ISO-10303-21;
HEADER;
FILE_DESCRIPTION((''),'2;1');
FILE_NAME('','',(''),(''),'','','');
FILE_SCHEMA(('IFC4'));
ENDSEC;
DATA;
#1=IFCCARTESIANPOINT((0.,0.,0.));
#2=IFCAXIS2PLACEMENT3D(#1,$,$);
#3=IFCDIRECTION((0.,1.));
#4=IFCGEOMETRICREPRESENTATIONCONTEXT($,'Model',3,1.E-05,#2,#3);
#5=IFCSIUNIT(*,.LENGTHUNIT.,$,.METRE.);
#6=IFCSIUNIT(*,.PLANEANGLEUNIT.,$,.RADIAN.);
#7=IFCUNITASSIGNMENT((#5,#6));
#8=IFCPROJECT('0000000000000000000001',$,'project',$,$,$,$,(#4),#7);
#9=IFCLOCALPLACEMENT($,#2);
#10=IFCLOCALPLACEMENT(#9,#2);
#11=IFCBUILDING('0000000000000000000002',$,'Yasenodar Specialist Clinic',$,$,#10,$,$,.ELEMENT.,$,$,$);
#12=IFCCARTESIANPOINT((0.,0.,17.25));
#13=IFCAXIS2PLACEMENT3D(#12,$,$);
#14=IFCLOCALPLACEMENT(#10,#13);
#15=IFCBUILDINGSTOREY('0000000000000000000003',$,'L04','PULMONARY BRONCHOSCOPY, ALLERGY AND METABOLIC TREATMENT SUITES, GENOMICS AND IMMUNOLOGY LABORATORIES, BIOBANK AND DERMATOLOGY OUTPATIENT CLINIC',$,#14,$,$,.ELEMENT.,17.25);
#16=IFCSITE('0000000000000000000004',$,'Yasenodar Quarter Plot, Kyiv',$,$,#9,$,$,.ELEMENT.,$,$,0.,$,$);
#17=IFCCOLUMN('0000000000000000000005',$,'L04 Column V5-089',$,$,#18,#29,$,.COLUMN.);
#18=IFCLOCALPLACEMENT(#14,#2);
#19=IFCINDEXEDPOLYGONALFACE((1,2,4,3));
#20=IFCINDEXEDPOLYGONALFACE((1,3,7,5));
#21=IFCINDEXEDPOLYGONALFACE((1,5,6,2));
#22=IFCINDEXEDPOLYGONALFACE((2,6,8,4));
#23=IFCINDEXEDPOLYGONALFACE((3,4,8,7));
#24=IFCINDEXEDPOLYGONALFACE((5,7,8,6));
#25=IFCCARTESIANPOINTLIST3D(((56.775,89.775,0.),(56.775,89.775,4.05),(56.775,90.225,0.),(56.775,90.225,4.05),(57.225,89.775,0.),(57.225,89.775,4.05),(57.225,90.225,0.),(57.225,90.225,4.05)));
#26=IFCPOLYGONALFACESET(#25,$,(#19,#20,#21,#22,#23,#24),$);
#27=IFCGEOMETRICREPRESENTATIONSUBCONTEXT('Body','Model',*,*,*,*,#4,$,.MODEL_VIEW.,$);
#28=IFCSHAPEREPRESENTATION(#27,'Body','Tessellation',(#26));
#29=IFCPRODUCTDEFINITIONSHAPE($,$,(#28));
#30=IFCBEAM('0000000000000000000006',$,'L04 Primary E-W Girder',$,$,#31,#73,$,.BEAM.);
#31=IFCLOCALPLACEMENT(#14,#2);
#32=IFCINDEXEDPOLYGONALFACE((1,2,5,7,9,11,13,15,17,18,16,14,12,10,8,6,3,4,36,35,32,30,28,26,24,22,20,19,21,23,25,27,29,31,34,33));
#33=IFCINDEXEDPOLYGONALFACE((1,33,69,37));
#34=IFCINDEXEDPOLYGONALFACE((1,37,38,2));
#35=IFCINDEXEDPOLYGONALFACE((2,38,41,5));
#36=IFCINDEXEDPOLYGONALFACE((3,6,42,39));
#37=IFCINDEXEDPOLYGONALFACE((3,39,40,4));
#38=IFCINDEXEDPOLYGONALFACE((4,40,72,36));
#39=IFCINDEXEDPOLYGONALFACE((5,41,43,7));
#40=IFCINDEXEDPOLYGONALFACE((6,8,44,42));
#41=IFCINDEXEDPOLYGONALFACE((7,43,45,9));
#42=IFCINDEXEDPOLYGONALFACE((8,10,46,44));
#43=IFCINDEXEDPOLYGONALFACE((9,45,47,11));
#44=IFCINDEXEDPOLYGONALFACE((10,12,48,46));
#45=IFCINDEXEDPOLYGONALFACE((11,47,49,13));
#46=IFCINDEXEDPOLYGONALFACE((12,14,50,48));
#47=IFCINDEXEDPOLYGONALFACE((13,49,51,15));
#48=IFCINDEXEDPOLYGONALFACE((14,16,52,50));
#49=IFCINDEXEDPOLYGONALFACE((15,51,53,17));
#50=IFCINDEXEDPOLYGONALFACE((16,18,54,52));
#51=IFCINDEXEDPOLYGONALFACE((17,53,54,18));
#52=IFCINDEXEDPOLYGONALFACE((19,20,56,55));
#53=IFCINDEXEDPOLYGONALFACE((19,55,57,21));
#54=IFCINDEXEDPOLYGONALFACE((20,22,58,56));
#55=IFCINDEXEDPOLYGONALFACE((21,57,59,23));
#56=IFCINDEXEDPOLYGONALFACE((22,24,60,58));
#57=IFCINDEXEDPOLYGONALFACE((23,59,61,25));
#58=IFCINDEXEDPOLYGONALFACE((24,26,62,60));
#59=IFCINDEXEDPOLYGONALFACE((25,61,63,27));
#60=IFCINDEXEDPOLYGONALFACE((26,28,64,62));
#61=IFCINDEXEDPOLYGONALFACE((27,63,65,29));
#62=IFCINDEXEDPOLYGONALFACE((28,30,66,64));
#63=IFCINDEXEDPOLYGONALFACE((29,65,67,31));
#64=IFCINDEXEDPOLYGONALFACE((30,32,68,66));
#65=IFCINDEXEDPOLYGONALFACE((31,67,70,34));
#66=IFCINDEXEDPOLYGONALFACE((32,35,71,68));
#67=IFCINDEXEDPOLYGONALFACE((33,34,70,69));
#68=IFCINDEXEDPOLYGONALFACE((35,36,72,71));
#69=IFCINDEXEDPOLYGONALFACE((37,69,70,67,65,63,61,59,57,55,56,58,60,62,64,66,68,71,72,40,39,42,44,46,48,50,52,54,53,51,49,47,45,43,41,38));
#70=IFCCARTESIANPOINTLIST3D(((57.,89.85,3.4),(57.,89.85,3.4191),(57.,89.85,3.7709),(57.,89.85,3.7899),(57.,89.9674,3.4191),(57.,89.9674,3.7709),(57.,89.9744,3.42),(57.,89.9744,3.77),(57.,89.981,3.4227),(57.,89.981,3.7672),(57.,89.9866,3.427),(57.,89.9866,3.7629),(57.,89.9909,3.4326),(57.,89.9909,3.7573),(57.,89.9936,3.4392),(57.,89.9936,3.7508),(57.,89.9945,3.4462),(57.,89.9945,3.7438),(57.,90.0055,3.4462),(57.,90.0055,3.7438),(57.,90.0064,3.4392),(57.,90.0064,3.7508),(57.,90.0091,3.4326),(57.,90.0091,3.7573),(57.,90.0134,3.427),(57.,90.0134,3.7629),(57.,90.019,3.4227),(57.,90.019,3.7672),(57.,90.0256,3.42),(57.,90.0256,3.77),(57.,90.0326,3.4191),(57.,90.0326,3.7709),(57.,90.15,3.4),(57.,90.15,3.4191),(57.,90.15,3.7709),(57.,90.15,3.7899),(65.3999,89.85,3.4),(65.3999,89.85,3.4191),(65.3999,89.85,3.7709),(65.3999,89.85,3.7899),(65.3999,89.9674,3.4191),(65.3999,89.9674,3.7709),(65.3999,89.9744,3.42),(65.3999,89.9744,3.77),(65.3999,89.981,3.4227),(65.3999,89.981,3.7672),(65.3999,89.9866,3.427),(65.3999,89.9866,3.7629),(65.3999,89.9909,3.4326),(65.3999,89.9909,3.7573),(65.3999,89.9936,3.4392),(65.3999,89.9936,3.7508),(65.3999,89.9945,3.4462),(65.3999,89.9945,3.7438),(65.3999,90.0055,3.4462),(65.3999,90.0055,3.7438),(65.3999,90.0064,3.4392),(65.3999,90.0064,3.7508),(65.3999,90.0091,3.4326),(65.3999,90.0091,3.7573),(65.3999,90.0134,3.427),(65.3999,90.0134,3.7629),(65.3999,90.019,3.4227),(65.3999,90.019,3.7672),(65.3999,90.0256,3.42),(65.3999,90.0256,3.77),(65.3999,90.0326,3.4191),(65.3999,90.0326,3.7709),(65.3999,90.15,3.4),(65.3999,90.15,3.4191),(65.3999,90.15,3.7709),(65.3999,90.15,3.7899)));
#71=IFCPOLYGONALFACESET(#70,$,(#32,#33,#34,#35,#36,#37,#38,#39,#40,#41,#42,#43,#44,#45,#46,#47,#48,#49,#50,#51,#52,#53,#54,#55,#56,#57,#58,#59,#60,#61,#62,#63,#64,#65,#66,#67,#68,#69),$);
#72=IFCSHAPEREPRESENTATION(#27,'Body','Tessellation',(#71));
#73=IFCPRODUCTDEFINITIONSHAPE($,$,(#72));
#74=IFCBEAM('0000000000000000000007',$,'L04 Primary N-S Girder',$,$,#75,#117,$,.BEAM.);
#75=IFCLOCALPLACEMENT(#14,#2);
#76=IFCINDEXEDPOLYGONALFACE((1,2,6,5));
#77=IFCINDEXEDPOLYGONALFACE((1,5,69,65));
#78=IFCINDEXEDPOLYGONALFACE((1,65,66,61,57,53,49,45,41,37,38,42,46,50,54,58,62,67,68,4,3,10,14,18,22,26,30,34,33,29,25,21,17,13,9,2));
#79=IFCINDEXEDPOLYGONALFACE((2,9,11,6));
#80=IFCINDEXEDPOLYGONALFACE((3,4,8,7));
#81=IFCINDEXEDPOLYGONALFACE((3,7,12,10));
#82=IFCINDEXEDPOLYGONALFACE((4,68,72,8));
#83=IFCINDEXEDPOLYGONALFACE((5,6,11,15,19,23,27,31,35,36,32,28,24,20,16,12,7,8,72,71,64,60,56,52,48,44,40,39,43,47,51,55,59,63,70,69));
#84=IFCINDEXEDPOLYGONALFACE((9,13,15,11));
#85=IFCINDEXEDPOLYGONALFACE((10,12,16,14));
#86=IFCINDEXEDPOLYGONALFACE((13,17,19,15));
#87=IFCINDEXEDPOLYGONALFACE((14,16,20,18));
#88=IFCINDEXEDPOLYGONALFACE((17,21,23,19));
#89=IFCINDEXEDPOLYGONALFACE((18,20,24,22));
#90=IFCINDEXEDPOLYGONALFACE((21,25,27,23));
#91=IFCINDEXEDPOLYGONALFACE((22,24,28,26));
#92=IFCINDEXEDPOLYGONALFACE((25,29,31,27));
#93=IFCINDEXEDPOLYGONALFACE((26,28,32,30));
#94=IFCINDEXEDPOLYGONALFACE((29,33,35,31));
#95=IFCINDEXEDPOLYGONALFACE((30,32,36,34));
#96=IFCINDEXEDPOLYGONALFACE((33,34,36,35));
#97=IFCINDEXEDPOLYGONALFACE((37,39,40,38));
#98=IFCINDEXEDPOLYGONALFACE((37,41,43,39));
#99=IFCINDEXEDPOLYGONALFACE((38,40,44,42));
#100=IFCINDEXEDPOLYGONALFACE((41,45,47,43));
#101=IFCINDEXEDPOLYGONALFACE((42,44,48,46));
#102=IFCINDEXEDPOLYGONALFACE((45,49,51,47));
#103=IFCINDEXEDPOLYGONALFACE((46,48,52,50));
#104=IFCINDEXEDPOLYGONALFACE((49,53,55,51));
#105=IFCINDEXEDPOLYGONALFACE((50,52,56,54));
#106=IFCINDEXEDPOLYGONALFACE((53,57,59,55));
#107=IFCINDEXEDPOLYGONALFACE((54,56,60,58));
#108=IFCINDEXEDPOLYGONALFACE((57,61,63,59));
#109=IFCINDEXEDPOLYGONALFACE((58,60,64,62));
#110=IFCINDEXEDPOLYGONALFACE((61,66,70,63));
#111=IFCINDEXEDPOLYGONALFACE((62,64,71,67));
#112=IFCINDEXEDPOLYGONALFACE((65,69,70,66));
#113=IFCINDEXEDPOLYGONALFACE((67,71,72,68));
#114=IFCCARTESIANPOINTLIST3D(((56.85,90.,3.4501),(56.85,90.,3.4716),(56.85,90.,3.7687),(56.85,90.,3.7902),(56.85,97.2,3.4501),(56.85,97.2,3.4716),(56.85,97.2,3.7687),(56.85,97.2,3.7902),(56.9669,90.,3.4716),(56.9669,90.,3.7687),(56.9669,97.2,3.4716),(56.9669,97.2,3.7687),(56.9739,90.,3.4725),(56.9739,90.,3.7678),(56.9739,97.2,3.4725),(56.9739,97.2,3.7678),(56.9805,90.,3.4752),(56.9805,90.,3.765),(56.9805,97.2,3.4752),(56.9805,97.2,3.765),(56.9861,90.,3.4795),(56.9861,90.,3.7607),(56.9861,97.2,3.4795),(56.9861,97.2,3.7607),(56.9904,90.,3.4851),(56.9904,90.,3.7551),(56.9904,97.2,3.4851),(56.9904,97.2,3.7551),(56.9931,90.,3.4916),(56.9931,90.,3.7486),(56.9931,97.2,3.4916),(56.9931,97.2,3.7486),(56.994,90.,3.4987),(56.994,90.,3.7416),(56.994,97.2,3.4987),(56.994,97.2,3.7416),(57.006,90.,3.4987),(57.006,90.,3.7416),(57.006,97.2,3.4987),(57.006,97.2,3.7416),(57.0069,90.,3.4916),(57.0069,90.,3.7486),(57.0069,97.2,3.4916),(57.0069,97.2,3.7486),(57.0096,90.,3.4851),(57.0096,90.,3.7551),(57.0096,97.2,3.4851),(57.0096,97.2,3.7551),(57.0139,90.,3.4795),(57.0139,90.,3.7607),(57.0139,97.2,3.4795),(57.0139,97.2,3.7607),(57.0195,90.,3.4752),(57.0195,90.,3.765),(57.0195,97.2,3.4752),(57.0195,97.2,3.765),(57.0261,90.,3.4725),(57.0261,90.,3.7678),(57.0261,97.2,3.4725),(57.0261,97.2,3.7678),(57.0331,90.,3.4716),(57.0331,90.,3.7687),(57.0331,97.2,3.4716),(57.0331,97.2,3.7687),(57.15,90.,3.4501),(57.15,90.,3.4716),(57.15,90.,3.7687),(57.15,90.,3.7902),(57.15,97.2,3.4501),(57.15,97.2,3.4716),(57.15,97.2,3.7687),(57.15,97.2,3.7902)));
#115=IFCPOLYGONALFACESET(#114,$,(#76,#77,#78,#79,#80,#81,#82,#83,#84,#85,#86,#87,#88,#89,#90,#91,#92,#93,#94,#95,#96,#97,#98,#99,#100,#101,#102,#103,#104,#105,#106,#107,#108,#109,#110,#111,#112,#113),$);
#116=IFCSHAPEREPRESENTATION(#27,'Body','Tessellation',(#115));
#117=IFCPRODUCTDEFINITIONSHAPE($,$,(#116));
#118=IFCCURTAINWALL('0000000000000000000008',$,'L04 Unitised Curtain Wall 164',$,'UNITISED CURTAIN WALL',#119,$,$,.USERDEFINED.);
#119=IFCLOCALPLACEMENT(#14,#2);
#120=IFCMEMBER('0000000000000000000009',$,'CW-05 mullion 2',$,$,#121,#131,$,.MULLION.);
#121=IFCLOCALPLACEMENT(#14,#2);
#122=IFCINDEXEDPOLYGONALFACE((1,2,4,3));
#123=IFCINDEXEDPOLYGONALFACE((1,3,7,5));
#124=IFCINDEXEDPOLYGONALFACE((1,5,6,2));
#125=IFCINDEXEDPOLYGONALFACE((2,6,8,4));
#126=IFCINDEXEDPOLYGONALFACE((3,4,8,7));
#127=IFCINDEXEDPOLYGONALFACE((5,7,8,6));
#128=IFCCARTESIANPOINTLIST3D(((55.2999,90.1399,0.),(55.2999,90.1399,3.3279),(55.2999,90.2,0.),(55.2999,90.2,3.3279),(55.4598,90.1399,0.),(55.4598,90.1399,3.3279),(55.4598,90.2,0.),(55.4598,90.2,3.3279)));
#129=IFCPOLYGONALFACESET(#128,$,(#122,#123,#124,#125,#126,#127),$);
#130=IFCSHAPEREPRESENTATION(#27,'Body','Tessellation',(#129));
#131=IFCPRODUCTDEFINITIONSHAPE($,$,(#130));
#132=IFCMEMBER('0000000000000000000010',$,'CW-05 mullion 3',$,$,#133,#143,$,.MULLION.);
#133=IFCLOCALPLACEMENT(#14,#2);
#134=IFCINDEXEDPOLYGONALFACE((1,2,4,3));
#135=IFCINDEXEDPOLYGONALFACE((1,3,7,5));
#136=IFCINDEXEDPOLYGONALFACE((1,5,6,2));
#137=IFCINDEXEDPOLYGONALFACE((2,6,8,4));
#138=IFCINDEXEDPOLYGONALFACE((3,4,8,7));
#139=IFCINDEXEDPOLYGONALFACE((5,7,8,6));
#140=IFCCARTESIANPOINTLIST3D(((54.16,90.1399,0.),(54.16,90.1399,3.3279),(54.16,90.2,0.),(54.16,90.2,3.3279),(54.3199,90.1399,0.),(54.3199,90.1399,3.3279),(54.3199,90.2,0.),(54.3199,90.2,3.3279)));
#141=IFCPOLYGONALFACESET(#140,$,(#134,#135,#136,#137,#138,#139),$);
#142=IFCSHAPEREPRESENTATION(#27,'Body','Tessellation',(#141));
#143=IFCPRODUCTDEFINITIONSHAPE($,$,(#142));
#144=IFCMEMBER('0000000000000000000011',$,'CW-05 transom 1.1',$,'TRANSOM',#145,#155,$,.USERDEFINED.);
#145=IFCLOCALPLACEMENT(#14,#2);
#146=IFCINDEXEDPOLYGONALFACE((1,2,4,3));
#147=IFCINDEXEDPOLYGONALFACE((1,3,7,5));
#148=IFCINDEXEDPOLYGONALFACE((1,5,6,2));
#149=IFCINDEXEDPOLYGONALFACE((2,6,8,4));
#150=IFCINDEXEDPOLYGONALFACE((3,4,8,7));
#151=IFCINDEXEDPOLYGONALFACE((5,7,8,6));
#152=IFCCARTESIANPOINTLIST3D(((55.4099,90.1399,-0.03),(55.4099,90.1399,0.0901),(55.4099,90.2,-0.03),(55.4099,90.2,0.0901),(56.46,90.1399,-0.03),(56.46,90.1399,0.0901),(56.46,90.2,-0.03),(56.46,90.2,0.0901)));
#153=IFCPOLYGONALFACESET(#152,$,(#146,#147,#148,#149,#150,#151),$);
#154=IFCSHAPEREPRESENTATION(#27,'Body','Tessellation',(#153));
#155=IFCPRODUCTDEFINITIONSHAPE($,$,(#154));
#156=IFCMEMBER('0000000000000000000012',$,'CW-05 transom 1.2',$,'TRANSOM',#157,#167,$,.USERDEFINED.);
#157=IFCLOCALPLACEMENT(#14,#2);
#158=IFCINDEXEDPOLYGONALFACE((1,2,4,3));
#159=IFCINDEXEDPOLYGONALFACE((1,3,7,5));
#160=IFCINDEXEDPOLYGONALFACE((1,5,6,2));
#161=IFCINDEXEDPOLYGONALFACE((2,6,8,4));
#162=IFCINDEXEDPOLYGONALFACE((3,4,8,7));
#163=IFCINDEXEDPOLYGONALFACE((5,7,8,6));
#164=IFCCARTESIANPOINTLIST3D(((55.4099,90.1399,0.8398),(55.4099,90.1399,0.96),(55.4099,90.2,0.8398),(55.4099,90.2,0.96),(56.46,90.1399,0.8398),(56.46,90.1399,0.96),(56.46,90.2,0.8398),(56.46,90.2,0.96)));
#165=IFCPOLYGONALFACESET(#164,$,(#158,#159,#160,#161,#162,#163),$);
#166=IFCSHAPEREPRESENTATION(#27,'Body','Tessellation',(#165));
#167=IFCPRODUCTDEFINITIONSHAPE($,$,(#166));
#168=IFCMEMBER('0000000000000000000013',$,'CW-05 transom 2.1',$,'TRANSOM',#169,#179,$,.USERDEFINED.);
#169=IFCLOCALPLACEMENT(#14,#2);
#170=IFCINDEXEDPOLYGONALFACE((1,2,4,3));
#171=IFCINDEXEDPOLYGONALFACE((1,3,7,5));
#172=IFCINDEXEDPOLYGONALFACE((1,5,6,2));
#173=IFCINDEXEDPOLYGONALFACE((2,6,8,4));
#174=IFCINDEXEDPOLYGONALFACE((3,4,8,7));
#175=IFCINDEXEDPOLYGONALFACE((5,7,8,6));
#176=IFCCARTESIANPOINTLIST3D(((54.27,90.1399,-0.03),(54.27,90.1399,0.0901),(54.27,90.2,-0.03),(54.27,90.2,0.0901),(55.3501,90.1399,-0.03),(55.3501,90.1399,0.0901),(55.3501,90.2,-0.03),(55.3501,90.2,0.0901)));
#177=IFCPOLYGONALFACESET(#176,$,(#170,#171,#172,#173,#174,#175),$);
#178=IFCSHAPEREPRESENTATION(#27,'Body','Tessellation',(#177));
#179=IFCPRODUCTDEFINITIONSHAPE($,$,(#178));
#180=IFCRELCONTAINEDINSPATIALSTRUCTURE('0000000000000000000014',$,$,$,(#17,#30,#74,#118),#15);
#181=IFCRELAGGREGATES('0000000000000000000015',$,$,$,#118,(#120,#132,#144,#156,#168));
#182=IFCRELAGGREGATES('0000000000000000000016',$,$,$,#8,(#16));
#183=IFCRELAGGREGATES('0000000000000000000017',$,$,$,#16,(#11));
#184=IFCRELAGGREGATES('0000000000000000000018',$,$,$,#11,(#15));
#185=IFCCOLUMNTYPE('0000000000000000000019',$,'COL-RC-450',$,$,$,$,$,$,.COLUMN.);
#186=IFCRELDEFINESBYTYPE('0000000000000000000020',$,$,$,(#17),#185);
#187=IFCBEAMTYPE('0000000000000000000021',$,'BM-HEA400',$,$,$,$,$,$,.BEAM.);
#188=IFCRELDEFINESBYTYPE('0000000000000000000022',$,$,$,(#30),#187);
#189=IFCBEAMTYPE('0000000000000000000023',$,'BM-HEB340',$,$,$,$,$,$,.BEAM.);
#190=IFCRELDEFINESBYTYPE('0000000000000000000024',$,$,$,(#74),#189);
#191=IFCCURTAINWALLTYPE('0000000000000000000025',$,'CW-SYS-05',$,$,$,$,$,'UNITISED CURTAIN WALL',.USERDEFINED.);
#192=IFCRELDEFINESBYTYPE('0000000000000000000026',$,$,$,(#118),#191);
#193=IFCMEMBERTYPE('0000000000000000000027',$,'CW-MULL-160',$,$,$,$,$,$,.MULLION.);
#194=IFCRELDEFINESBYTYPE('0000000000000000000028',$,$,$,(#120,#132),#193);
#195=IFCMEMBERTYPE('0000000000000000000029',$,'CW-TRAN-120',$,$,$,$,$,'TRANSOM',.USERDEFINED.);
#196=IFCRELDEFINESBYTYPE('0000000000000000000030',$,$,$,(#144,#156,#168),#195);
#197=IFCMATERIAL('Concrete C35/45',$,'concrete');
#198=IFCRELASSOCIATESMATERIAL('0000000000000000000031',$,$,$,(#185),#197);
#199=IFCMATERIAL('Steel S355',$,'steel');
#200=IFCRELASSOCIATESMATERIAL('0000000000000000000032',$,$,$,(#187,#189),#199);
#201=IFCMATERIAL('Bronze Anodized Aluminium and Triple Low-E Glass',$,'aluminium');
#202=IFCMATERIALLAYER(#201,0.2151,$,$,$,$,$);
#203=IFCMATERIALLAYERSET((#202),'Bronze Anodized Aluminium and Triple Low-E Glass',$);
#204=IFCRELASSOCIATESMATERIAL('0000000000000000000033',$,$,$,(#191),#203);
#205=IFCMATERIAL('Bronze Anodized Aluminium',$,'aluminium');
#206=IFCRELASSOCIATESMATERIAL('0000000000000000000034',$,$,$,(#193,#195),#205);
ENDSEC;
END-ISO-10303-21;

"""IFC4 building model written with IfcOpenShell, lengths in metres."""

from ifc_helpers import new_model, si_unit, direction, frame, origin, origin_2d, place, context, subcontext, project, spatial, rectangle, i_section, extrude, material, layer, layer_set, material_profile, profile_set, type_object, element, aggregate, save


model = new_model("IFC4")

# Units and contexts
model_context = context("Model", 3, precision=1e-05, world=origin(), true_north=direction((0.0, 1.0)))
body_context = subcontext(model_context, "Body", "Model", "MODEL_VIEW")
ifc_project = project(units=[si_unit("LENGTHUNIT", "METRE"), si_unit("PLANEANGLEUNIT", "RADIAN")], contexts=[model_context])

# Site, building, storey
site_placement = place(None, origin())
site = spatial("IfcSite", under=ifc_project, at=site_placement, Name="Yasenodar Quarter Plot, Kyiv", CompositionType="ELEMENT", RefElevation=0.0)
building_placement = place(site_placement, origin())
building = spatial("IfcBuilding", under=site, at=building_placement, Name="Yasenodar Specialist Clinic", CompositionType="ELEMENT")
storey_placement = place(building_placement, frame((0.0, 0.0, 17.25)))
storey = spatial("IfcBuildingStorey", under=building, at=storey_placement, Name="L04", Description="PULMONARY BRONCHOSCOPY, ALLERGY AND METABOLIC TREATMENT SUITES, GENOMICS AND IMMUNOLOGY LABORATORIES, BIOBANK AND DERMATOLOGY OUTPATIENT CLINIC", CompositionType="ELEMENT", Elevation=17.25)

# Column
ifc_material_1 = material(Name="Concrete C35/45", Category="concrete")
ifc_material_profile_1 = material_profile(ifc_material_1, rectangle(XDim=0.45, YDim=0.45, at=origin_2d()), Name="RC 450x450")
ifc_profile_set_1 = profile_set([ifc_material_profile_1], Name="Concrete C35/45")
column_type = type_object("IfcColumnType", Name="COL-RC-450", PredefinedType="COLUMN", material=ifc_profile_set_1)
column_placement = place(storey_placement, frame((57.0, 90.0, 0.0), z_axis=(0.0, 0.0, 1.0), x_axis=(1.0, 0.0, 0.0)))
element("IfcColumn", 1, at=column_placement, inside=storey, type_object=column_type, Name="L04 Column V5-089", PredefinedType="COLUMN", context=body_context, shape_type="SweptSolid", body=[
    extrude(rectangle(XDim=0.45, YDim=0.45, at=origin_2d()), origin(), (0.0, 0.0, 1.0), 4.05),
])

# Beams
ifc_material_2 = material(Name="Steel S355", Category="steel")
ifc_material_profile_2 = material_profile(ifc_material_2, i_section(OverallWidth=0.3, OverallDepth=0.3899, WebThickness=0.011, FlangeThickness=0.019, FilletRadius=0.0271, at=origin_2d()), Name="HEA 400")
ifc_profile_set_2 = profile_set([ifc_material_profile_2], Name="Steel S355")
beam_type_1 = type_object("IfcBeamType", Name="BM-HEA400", PredefinedType="BEAM", material=ifc_profile_set_2)
beam_1_placement = place(storey_placement, frame((57.0, 90.0, 3.595), z_axis=(1.0, 0.0, 0.0), x_axis=(0.0, 1.0, 0.0)))
element("IfcBeam", 2, at=beam_1_placement, inside=storey, type_object=beam_type_1, Name="L04 Primary E-W Girder", PredefinedType="BEAM", context=body_context, shape_type="SweptSolid", body=[
    extrude(i_section(OverallWidth=0.3, OverallDepth=0.3899, WebThickness=0.011, FlangeThickness=0.019, FilletRadius=0.0271, at=origin_2d()), origin(), (0.0, 0.0, 1.0), 8.3999),
])
ifc_material_profile_3 = material_profile(ifc_material_2, i_section(OverallWidth=0.3, OverallDepth=0.3401, WebThickness=0.012, FlangeThickness=0.0215, FilletRadius=0.0271, at=origin_2d()), Name="HEB 340")
ifc_profile_set_3 = profile_set([ifc_material_profile_3], Name="Steel S355")
beam_type_2 = type_object("IfcBeamType", Name="BM-HEB340", PredefinedType="BEAM", material=ifc_profile_set_3)
beam_2_placement = place(storey_placement, frame((57.0, 90.0, 3.6201), z_axis=(0.0, 1.0, 0.0), x_axis=(-1.0, 0.0, 0.0)))
element("IfcBeam", 3, at=beam_2_placement, inside=storey, type_object=beam_type_2, Name="L04 Primary N-S Girder", PredefinedType="BEAM", context=body_context, shape_type="SweptSolid", body=[
    extrude(i_section(OverallWidth=0.3, OverallDepth=0.3401, WebThickness=0.012, FlangeThickness=0.0215, FilletRadius=0.0271, at=origin_2d()), origin(), (0.0, 0.0, 1.0), 7.2),
])

# Curtain wall, members
ifc_material_3 = material(Name="Bronze Anodized Aluminium and Triple Low-E Glass", Category="aluminium")
ifc_layer_1 = layer(ifc_material_3, 0.2151)
ifc_layer_set_1 = layer_set([ifc_layer_1], Name="Bronze Anodized Aluminium and Triple Low-E Glass")
curtain_wall_type = type_object("IfcCurtainWallType", Name="CW-SYS-05", ElementType="UNITISED CURTAIN WALL", PredefinedType="USERDEFINED", material=ifc_layer_set_1)
curtain_wall_placement = place(storey_placement, origin())
curtain_wall = element("IfcCurtainWall", 4, at=curtain_wall_placement, inside=storey, type_object=curtain_wall_type, Name="L04 Unitised Curtain Wall 164", ObjectType="UNITISED CURTAIN WALL", PredefinedType="USERDEFINED")
ifc_material_4 = material(Name="Bronze Anodized Aluminium", Category="aluminium")
ifc_material_profile_4 = material_profile(ifc_material_4, rectangle(XDim=0.0601, YDim=0.1599, at=origin_2d()), Name="CW-MULL 60x160")
ifc_profile_set_4 = profile_set([ifc_material_profile_4], Name="Bronze Anodized Aluminium")
member_type_1 = type_object("IfcMemberType", Name="CW-MULL-160", PredefinedType="MULLION", material=ifc_profile_set_4)
member_1_placement = place(storey_placement, frame((55.3799, 90.1699, 0.0), z_axis=(0.0, 0.0, 1.0), x_axis=(0.0, -1.0, 0.0)))
member_1 = element("IfcMember", 5, at=member_1_placement, type_object=member_type_1, Name="CW-05 mullion 2", PredefinedType="MULLION", context=body_context, shape_type="SweptSolid", body=[
    extrude(rectangle(XDim=0.0601, YDim=0.1599, at=origin_2d()), origin(), (0.0, 0.0, 1.0), 3.3279),
])
member_2_placement = place(storey_placement, frame((54.24, 90.1699, 0.0), z_axis=(0.0, 0.0, 1.0), x_axis=(0.0, -1.0, 0.0)))
member_2 = element("IfcMember", 6, at=member_2_placement, type_object=member_type_1, Name="CW-05 mullion 3", PredefinedType="MULLION", context=body_context, shape_type="SweptSolid", body=[
    extrude(rectangle(XDim=0.0601, YDim=0.1599, at=origin_2d()), origin(), (0.0, 0.0, 1.0), 3.3279),
])
ifc_material_profile_5 = material_profile(ifc_material_4, rectangle(XDim=0.0601, YDim=0.1201, at=origin_2d()), Name="CW-TRAN 60x120")
ifc_profile_set_5 = profile_set([ifc_material_profile_5], Name="Bronze Anodized Aluminium")
member_type_2 = type_object("IfcMemberType", Name="CW-TRAN-120", ElementType="TRANSOM", PredefinedType="USERDEFINED", material=ifc_profile_set_5)
member_3_placement = place(storey_placement, frame((56.46, 90.1699, 0.03), z_axis=(-1.0, 0.0, 0.0), x_axis=(0.0, -1.0, 0.0)))
member_3 = element("IfcMember", 7, at=member_3_placement, type_object=member_type_2, Name="CW-05 transom 1.1", ObjectType="TRANSOM", PredefinedType="USERDEFINED", context=body_context, shape_type="SweptSolid", body=[
    extrude(rectangle(XDim=0.0601, YDim=0.1201, at=origin_2d()), origin(), (0.0, 0.0, 1.0), 1.05),
])
member_4_placement = place(storey_placement, frame((56.46, 90.1699, 0.8999), z_axis=(-1.0, 0.0, 0.0), x_axis=(0.0, -1.0, 0.0)))
member_4 = element("IfcMember", 8, at=member_4_placement, type_object=member_type_2, Name="CW-05 transom 1.2", ObjectType="TRANSOM", PredefinedType="USERDEFINED", context=body_context, shape_type="SweptSolid", body=[
    extrude(rectangle(XDim=0.0601, YDim=0.1201, at=origin_2d()), origin(), (0.0, 0.0, 1.0), 1.05),
])
member_5_placement = place(storey_placement, frame((55.3501, 90.1699, 0.03), z_axis=(-1.0, 0.0, 0.0), x_axis=(0.0, -1.0, 0.0)))
member_5 = element("IfcMember", 9, at=member_5_placement, type_object=member_type_2, Name="CW-05 transom 2.1", ObjectType="TRANSOM", PredefinedType="USERDEFINED", context=body_context, shape_type="SweptSolid", body=[
    extrude(rectangle(XDim=0.0601, YDim=0.1201, at=origin_2d()), origin(), (0.0, 0.0, 1.0), 1.0801),
])
aggregate(curtain_wall, [member_1, member_2, member_3, member_4, member_5])

save(model, "model.ifc")
